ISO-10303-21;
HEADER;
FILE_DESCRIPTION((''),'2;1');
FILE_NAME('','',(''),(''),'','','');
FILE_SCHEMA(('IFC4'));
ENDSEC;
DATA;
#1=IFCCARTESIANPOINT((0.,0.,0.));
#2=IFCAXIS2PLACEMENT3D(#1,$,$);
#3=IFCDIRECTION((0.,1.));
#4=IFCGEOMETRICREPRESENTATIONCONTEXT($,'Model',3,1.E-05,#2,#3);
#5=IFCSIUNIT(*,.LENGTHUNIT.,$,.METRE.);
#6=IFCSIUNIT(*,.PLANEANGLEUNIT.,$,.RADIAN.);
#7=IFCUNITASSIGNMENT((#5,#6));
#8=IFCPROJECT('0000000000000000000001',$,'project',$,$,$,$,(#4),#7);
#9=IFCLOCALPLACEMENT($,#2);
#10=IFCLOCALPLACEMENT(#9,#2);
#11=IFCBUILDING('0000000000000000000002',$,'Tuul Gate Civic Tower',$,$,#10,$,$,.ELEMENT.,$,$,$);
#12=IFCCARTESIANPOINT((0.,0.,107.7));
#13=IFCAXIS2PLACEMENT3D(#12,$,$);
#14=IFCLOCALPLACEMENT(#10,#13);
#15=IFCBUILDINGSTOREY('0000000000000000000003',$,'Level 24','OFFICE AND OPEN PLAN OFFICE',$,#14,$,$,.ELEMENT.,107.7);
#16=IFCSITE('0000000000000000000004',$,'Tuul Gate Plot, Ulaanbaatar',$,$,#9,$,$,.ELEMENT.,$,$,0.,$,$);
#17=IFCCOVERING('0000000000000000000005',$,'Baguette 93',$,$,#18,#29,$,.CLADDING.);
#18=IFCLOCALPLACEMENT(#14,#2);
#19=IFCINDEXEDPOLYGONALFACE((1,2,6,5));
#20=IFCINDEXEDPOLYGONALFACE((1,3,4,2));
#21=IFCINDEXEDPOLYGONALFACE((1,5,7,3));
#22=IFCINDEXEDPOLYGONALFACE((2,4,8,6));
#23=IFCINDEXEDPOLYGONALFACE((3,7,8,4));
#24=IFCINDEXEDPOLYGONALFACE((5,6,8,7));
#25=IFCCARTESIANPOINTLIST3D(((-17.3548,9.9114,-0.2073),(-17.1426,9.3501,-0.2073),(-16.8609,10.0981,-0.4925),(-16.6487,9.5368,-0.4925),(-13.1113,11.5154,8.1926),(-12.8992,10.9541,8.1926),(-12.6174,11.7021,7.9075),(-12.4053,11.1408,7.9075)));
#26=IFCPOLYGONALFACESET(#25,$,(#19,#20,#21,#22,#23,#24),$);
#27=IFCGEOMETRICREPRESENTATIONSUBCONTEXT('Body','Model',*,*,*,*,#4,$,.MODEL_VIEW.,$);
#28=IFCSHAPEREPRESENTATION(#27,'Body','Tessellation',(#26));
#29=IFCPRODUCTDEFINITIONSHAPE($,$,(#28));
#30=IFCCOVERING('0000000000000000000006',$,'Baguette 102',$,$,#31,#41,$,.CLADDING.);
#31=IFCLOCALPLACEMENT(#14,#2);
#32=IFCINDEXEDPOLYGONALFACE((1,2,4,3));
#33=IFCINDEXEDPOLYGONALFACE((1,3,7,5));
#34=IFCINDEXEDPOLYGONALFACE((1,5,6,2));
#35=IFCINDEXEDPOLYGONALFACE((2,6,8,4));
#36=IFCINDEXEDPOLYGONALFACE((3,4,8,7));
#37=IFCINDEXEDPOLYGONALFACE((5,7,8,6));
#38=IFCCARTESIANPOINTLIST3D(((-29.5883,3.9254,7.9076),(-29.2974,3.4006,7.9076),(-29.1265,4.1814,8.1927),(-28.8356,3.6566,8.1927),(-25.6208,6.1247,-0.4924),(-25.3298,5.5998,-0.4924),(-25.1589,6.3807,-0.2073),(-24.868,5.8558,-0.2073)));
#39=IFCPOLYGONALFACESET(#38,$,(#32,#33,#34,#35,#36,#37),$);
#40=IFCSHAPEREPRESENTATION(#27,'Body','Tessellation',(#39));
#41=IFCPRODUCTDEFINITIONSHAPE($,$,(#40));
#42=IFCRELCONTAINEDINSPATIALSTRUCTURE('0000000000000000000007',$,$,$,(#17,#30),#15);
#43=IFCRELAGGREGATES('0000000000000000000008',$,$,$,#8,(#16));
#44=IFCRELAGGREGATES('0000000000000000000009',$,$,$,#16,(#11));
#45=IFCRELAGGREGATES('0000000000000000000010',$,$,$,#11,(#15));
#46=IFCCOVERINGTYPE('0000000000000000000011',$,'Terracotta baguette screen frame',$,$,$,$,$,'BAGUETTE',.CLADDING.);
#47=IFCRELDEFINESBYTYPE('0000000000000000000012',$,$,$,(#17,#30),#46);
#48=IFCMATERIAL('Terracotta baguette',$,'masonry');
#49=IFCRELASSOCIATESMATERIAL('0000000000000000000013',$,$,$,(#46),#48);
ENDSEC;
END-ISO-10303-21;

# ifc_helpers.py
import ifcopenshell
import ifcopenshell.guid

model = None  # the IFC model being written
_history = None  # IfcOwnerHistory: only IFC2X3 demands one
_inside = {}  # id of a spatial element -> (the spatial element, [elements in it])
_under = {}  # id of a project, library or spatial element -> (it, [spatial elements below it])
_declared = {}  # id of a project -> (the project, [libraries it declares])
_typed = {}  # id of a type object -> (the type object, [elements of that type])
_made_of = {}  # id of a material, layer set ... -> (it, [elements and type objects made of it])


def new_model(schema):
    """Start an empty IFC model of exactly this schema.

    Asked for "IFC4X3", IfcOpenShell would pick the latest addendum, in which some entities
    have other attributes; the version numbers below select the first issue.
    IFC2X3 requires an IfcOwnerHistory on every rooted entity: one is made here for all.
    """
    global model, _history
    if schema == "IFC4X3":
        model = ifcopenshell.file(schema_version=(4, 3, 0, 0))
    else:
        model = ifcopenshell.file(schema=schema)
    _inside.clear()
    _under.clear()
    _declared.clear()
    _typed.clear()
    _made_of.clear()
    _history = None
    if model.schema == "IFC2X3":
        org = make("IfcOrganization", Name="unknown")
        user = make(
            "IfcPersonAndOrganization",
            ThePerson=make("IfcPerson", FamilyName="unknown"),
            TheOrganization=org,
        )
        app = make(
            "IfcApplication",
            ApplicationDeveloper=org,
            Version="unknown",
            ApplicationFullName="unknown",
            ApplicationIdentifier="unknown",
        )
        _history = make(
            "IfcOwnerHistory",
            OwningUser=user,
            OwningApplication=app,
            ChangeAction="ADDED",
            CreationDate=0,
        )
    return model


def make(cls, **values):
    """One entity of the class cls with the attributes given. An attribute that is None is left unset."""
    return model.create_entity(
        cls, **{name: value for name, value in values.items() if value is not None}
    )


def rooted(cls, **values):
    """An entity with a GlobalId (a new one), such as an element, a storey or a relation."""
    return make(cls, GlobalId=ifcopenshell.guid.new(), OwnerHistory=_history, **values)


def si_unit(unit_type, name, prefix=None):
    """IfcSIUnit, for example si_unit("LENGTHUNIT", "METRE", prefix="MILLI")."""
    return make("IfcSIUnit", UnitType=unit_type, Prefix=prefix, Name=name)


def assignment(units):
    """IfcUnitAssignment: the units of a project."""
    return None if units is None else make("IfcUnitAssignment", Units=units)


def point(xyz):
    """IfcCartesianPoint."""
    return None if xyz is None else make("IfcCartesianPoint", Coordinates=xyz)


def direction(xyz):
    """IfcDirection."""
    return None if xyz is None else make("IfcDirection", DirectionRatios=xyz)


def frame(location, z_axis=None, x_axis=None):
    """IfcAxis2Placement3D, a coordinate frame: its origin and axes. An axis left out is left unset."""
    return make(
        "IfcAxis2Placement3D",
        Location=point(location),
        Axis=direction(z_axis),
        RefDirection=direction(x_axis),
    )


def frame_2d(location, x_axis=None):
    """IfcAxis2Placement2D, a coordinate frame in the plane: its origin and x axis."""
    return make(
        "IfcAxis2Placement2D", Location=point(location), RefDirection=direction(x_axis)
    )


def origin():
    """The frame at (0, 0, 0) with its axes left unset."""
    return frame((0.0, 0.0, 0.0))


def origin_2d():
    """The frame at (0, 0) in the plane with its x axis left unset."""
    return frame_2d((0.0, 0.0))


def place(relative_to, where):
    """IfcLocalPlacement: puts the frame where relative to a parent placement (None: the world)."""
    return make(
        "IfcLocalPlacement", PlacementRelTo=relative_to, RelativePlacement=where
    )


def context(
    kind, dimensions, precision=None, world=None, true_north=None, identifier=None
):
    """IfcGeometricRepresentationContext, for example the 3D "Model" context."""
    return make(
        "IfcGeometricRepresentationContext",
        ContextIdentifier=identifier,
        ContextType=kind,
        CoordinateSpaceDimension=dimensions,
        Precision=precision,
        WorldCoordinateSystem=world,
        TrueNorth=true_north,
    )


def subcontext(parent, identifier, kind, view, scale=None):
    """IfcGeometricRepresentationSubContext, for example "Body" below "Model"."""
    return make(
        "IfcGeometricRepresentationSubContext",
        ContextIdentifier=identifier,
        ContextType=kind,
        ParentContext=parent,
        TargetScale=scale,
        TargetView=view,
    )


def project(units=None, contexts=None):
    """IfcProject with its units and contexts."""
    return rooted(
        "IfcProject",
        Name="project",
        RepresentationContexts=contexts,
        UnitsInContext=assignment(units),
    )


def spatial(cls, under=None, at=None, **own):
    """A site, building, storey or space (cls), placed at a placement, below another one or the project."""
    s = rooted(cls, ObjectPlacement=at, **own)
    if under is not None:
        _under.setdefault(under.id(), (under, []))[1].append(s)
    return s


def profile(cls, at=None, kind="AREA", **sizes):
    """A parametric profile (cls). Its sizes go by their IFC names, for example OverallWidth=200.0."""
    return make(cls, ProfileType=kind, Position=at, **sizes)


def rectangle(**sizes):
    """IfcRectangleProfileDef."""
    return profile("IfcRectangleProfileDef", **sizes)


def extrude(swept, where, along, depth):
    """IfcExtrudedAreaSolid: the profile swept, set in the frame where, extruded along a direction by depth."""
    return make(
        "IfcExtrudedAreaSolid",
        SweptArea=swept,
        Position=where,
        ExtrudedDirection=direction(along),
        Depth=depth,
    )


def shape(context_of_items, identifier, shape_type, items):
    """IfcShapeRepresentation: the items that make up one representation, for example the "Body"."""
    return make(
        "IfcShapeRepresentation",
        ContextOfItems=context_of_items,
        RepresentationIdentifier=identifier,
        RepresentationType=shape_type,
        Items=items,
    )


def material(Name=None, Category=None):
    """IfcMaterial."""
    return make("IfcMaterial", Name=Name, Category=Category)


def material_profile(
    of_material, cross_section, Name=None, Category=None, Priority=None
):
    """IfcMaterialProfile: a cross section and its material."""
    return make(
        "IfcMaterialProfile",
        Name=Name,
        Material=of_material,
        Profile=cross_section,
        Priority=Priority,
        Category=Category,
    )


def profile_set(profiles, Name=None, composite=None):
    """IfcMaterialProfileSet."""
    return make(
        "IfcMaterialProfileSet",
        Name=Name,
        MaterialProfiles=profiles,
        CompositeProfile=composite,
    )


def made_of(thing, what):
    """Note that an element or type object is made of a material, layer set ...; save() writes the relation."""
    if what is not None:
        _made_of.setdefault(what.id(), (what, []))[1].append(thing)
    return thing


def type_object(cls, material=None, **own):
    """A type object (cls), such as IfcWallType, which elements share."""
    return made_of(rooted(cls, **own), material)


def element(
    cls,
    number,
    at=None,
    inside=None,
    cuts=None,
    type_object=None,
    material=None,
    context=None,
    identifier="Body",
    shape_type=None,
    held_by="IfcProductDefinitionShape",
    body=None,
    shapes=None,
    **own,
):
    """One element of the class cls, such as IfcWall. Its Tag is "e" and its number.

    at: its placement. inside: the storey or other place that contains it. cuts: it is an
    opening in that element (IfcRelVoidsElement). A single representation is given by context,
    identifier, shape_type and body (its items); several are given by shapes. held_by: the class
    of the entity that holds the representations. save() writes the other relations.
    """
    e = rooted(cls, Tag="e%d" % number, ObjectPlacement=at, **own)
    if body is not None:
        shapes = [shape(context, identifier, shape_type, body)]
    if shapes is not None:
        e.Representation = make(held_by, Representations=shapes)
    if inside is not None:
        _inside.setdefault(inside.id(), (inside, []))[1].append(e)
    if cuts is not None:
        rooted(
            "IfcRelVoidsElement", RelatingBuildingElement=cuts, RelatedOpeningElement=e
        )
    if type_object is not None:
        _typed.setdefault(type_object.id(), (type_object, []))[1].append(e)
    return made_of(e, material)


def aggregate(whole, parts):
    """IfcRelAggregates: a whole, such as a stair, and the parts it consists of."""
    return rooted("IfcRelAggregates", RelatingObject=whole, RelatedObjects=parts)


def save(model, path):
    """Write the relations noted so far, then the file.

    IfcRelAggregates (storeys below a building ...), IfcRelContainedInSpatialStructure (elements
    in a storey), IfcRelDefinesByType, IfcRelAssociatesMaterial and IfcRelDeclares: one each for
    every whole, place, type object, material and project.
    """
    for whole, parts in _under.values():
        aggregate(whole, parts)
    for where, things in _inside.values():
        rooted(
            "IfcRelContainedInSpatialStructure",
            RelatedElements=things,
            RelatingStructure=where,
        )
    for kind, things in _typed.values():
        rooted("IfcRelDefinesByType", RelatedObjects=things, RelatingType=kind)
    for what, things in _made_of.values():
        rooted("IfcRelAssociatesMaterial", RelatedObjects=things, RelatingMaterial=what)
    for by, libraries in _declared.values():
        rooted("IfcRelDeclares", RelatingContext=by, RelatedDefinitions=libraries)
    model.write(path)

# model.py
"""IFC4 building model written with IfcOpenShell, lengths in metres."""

from ifc_helpers import new_model, si_unit, direction, frame, origin, origin_2d, place, context, subcontext, project, spatial, rectangle, extrude, material, material_profile, profile_set, type_object, element, save


model = new_model("IFC4")

# Units and contexts
model_context = context("Model", 3, precision=1e-05, world=origin(), true_north=direction((0.0, 1.0)))
body_context = subcontext(model_context, "Body", "Model", "MODEL_VIEW")
ifc_project = project(units=[si_unit("LENGTHUNIT", "METRE"), si_unit("PLANEANGLEUNIT", "RADIAN")], contexts=[model_context])

# Site, building, storey
site_placement = place(None, origin())
site = spatial("IfcSite", under=ifc_project, at=site_placement, Name="Tuul Gate Plot, Ulaanbaatar", CompositionType="ELEMENT", RefElevation=0.0)
building_placement = place(site_placement, origin())
building = spatial("IfcBuilding", under=site, at=building_placement, Name="Tuul Gate Civic Tower", CompositionType="ELEMENT")
storey_placement = place(building_placement, frame((0.0, 0.0, 107.7)))
storey = spatial("IfcBuildingStorey", under=building, at=storey_placement, Name="Level 24", Description="OFFICE AND OPEN PLAN OFFICE", CompositionType="ELEMENT", Elevation=107.7)

# Coverings
ifc_material_1 = material(Name="Terracotta baguette", Category="masonry")
ifc_material_profile_1 = material_profile(ifc_material_1, rectangle(XDim=0.6001, YDim=0.6001, at=origin_2d()), Name="Terracotta baguette screen frame")
ifc_profile_set_1 = profile_set([ifc_material_profile_1], Name="Terracotta baguette")
covering_type = type_object("IfcCoveringType", Name="Terracotta baguette screen frame", ElementType="BAGUETTE", PredefinedType="CLADDING", material=ifc_profile_set_1)
for number, where, z_axis, x_axis, name in (
    (1, (-12.7583, 11.3281, 8.05), (-0.444494, -0.168018, -0.879884), (0.353582, -0.935404, 0.0), "Baguette 93"),
    (2, (-25.2444, 5.9902, -0.3499), (-0.415599, -0.230368, 0.879891), (0.484806, -0.874621, 0.0), "Baguette 102"),
):
    element("IfcCovering", number, at=place(storey_placement, frame(where, z_axis=z_axis, x_axis=x_axis)), inside=storey, type_object=covering_type, Name=name, PredefinedType="CLADDING", context=body_context, shape_type="SweptSolid", body=[
        extrude(rectangle(XDim=0.6001, YDim=0.6001, at=origin_2d()), origin(), (0.0, 0.0, 1.0), 9.5466),
    ])

save(model, "model.ifc")
